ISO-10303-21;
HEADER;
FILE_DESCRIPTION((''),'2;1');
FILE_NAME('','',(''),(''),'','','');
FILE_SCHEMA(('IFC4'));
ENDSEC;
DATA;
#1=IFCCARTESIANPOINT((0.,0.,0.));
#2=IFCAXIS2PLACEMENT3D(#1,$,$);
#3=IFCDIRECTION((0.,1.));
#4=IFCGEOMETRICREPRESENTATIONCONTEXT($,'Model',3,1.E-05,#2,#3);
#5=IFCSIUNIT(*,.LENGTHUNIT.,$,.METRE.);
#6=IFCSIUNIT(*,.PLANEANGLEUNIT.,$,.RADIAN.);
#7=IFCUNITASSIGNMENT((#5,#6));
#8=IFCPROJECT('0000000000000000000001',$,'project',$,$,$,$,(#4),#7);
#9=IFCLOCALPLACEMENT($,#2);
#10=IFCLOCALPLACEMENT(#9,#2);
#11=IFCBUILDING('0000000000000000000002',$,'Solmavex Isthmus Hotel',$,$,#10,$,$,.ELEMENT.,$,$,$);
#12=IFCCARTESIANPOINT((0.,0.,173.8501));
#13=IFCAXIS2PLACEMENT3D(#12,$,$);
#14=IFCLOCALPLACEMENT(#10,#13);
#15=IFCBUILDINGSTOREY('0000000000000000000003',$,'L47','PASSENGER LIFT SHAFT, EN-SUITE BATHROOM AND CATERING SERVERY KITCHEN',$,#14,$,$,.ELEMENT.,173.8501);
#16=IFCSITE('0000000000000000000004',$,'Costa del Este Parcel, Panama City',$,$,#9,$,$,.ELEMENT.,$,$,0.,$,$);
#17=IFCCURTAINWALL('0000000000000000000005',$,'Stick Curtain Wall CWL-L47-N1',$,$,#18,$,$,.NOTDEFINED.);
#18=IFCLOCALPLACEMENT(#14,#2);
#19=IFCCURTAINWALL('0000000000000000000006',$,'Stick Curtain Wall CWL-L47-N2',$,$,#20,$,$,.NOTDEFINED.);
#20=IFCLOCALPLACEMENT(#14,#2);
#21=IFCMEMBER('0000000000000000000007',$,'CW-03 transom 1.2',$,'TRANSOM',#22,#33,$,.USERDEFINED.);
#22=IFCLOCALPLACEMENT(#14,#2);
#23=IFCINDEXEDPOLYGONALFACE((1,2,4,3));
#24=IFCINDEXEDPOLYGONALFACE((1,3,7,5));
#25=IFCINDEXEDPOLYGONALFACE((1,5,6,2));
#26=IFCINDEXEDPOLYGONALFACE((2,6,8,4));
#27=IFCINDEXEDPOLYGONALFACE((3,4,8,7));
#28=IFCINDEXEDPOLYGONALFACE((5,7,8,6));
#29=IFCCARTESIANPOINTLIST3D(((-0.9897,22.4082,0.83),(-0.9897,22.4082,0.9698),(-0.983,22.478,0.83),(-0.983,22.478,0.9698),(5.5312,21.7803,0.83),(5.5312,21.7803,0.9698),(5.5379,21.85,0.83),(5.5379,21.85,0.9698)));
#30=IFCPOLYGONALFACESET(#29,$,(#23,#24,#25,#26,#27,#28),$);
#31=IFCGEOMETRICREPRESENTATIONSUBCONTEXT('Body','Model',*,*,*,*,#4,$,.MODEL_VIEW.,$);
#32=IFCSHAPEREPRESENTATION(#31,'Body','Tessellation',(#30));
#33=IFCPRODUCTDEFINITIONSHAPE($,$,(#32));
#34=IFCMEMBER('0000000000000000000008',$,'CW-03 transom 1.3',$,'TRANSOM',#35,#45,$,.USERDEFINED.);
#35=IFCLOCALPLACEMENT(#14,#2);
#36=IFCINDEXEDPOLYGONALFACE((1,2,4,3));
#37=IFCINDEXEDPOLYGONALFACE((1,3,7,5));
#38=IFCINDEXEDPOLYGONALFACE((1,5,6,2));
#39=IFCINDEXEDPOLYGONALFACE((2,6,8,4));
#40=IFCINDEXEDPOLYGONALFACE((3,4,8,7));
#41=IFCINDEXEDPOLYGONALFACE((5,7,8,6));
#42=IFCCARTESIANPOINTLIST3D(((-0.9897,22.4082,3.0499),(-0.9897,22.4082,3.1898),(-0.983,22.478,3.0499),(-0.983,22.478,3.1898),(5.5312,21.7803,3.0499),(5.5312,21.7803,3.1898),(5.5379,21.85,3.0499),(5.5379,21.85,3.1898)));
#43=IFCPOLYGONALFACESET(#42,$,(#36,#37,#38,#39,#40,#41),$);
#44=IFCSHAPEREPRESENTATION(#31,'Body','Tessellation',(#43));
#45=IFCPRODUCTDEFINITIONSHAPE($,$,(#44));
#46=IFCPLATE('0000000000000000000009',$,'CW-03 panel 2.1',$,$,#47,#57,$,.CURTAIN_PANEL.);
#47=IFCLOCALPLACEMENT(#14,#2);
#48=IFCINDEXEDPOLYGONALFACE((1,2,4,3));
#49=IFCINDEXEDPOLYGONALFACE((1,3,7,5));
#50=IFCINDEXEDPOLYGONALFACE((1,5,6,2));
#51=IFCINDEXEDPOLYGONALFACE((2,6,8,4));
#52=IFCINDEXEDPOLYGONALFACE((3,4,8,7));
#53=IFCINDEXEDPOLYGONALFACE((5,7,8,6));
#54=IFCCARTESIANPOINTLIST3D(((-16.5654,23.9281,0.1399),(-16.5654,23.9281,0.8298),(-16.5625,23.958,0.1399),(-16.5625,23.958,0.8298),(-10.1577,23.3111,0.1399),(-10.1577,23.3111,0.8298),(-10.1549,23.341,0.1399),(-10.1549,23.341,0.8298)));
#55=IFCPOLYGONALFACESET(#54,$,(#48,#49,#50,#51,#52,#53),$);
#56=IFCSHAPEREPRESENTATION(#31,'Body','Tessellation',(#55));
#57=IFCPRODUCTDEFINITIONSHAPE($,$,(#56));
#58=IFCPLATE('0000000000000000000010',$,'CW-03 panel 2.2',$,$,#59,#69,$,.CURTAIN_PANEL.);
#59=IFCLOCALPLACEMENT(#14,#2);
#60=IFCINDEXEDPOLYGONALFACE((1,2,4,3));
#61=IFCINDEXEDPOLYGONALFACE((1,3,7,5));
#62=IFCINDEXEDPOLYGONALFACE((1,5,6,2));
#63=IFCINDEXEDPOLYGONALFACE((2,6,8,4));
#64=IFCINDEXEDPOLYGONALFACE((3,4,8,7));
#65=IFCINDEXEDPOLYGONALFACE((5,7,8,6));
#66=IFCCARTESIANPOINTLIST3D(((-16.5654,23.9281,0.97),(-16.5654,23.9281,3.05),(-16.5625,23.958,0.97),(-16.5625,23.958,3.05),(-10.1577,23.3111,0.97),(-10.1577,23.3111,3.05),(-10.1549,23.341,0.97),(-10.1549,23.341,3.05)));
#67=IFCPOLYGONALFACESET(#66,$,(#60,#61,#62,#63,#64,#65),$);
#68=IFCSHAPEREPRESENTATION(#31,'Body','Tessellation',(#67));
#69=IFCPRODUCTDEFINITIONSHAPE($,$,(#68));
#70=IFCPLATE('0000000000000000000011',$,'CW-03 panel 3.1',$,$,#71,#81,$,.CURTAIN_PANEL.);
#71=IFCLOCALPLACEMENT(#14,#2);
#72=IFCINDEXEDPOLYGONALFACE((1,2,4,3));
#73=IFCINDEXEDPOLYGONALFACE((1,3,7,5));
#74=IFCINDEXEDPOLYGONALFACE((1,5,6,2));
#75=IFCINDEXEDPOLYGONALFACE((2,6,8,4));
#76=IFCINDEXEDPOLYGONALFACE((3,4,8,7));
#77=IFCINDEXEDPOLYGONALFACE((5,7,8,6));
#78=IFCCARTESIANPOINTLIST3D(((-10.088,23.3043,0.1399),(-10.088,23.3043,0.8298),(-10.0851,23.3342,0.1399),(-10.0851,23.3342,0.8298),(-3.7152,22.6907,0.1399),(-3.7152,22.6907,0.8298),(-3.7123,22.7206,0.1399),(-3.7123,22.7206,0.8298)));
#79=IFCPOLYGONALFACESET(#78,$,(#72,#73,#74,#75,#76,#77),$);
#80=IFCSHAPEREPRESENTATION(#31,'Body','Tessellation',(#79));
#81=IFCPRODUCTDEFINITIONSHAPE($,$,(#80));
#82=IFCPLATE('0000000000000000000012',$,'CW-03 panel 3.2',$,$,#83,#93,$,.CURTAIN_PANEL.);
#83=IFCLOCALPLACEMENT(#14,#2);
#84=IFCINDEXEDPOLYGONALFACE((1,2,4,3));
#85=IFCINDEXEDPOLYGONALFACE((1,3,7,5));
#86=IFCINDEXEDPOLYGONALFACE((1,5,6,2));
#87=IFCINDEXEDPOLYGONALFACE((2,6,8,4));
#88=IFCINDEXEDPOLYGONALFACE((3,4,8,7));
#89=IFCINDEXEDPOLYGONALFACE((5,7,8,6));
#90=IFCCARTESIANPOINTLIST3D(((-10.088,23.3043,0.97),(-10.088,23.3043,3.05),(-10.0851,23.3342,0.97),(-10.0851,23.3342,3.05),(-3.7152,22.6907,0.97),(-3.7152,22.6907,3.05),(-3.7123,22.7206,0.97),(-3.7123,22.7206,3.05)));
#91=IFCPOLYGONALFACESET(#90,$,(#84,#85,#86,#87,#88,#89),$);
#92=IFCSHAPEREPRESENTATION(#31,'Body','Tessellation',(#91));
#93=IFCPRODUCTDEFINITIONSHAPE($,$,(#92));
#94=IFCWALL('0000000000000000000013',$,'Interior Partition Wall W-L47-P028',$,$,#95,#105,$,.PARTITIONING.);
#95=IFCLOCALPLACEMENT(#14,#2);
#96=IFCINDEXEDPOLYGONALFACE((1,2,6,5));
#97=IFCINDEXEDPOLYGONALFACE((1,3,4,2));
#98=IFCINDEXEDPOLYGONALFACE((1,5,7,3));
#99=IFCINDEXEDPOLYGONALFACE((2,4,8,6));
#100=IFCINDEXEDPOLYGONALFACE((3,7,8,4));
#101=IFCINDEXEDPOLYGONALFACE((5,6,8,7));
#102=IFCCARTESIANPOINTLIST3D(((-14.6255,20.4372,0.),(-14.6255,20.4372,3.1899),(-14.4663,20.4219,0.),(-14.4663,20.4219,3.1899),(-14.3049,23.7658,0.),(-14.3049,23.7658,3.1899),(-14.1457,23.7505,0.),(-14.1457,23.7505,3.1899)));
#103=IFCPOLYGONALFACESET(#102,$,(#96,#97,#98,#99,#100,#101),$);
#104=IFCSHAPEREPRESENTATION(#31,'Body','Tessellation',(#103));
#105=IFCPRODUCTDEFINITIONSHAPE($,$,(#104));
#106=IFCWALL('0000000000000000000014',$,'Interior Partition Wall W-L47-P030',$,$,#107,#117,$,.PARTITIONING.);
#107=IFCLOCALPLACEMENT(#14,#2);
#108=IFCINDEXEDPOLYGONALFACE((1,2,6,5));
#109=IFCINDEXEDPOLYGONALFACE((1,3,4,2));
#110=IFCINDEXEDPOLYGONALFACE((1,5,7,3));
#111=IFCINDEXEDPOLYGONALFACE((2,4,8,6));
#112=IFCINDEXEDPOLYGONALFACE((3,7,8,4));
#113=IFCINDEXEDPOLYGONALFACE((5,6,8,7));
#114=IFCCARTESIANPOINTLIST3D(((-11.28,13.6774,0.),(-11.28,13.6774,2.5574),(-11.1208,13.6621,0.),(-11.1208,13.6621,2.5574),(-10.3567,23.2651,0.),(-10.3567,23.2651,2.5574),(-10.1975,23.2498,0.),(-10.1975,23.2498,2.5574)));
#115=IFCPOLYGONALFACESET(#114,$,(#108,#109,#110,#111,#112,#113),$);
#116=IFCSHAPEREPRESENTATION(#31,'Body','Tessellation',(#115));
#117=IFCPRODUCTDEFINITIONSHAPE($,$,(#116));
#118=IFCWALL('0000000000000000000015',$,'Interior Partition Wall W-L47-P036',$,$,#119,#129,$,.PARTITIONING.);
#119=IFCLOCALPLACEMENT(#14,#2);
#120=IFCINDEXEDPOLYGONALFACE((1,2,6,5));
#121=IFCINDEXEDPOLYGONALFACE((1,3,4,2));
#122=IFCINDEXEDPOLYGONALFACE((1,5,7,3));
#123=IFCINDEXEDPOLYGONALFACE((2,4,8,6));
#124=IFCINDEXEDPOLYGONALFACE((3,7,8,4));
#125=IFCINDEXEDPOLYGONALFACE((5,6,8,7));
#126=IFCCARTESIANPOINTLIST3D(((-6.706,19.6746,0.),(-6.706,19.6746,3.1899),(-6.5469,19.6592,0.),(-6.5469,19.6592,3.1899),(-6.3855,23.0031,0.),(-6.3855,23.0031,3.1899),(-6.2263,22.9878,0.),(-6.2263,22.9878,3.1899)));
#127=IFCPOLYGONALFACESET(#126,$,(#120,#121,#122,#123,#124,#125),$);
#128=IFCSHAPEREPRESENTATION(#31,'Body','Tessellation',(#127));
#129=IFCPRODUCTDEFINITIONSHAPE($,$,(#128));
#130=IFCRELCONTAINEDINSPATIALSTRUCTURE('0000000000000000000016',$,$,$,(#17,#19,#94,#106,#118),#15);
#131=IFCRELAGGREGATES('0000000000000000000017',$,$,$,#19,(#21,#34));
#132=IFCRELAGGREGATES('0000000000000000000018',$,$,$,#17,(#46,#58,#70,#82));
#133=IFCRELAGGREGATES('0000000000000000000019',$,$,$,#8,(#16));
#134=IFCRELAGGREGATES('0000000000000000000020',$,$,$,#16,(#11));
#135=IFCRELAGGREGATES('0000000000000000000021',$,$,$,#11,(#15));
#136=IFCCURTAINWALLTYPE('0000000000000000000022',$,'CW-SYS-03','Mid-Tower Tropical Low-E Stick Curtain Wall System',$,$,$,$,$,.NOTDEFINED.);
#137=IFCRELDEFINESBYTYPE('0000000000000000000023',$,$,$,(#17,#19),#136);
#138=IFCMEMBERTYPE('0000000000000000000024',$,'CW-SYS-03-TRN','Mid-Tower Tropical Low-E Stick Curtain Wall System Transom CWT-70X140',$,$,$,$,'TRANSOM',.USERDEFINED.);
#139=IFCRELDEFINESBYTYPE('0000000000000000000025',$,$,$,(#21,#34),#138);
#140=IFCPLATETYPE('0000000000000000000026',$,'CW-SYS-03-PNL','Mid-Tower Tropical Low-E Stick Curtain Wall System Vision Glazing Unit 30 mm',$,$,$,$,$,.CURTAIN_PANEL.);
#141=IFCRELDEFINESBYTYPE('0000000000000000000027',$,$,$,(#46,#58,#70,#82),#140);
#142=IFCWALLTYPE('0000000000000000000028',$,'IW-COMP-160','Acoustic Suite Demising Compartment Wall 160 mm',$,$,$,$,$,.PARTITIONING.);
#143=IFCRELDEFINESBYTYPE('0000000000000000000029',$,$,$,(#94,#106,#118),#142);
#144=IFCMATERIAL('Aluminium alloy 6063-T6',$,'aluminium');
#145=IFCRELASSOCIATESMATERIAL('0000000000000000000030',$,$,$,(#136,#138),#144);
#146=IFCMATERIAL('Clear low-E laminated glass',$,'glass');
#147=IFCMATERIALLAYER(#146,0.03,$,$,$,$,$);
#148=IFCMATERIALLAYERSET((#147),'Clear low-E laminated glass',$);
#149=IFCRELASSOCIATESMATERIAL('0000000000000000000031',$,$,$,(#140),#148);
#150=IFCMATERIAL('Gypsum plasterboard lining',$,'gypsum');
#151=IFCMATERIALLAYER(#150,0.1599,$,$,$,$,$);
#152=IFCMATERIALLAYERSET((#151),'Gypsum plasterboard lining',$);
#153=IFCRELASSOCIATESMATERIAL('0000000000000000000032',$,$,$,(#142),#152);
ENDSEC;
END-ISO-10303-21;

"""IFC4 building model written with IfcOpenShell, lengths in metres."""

from ifc_helpers import new_model, si_unit, direction, frame, frame_2d, origin, origin_2d, place, context, subcontext, project, spatial, rectangle, extrude, material, layer, layer_set, material_profile, profile_set, type_object, element, aggregate, save


model = new_model("IFC4")

# Units and contexts
model_context = context("Model", 3, precision=1e-05, world=origin(), true_north=direction((0.0, 1.0)))
body_context = subcontext(model_context, "Body", "Model", "MODEL_VIEW")
ifc_project = project(units=[si_unit("LENGTHUNIT", "METRE"), si_unit("PLANEANGLEUNIT", "RADIAN")], contexts=[model_context])

# Site, building, storey
site_placement = place(None, origin())
site = spatial("IfcSite", under=ifc_project, at=site_placement, Name="Costa del Este Parcel, Panama City", CompositionType="ELEMENT", RefElevation=0.0)
building_placement = place(site_placement, origin())
building = spatial("IfcBuilding", under=site, at=building_placement, Name="Solmavex Isthmus Hotel", CompositionType="ELEMENT")
storey_placement = place(building_placement, frame((0.0, 0.0, 173.8501)))
storey = spatial("IfcBuildingStorey", under=building, at=storey_placement, Name="L47", Description="PASSENGER LIFT SHAFT, EN-SUITE BATHROOM AND CATERING SERVERY KITCHEN", CompositionType="ELEMENT", Elevation=173.8501)

# Curtain wall
ifc_material_1 = material(Name="Aluminium alloy 6063-T6", Category="aluminium")
curtain_wall_type = type_object("IfcCurtainWallType", Name="CW-SYS-03", Description="Mid-Tower Tropical Low-E Stick Curtain Wall System", PredefinedType="NOTDEFINED", material=ifc_material_1)
curtain_wall_1_placement = place(storey_placement, origin())
curtain_wall_1 = element("IfcCurtainWall", 1, at=curtain_wall_1_placement, inside=storey, type_object=curtain_wall_type, Name="Stick Curtain Wall CWL-L47-N1", PredefinedType="NOTDEFINED")

# Curtain wall
curtain_wall_2_placement = place(storey_placement, origin())
curtain_wall_2 = element("IfcCurtainWall", 2, at=curtain_wall_2_placement, inside=storey, type_object=curtain_wall_type, Name="Stick Curtain Wall CWL-L47-N2", PredefinedType="NOTDEFINED")

# Members
ifc_material_profile_1 = material_profile(ifc_material_1, rectangle(XDim=0.0701, YDim=0.1399, at=origin_2d()), Name="CWT-70X140")
ifc_profile_set_1 = profile_set([ifc_material_profile_1], Name="Aluminium alloy 6063-T6")
member_type_1 = type_object("IfcMemberType", Name="CW-SYS-03-TRN", Description="Mid-Tower Tropical Low-E Stick Curtain Wall System Transom CWT-70X140", ElementType="TRANSOM", PredefinedType="USERDEFINED", material=ifc_profile_set_1)
member_1_placement = place(storey_placement, frame((-0.9863, 22.4431, 0.8999), z_axis=(0.995395, -0.095854, 0.0), x_axis=(0.095854, 0.995395, 0.0)))
member_1 = element("IfcMember", 3, at=member_1_placement, type_object=member_type_1, Name="CW-03 transom 1.2", ObjectType="TRANSOM", PredefinedType="USERDEFINED", context=body_context, shape_type="SweptSolid", body=[
    extrude(rectangle(XDim=0.0701, YDim=0.1399, at=origin_2d()), origin(), (0.0, 0.0, 1.0), 6.551),
])
member_2_placement = place(storey_placement, frame((-0.9863, 22.4431, 3.1199), z_axis=(0.995395, -0.095854, 0.0), x_axis=(0.095854, 0.995395, 0.0)))
member_2 = element("IfcMember", 4, at=member_2_placement, type_object=member_type_1, Name="CW-03 transom 1.3", ObjectType="TRANSOM", PredefinedType="USERDEFINED", context=body_context, shape_type="SweptSolid", body=[
    extrude(rectangle(XDim=0.0701, YDim=0.1399, at=origin_2d()), origin(), (0.0, 0.0, 1.0), 6.551),
])
aggregate(curtain_wall_2, [member_1, member_2])

# Plates
ifc_material_2 = material(Name="Clear low-E laminated glass", Category="glass")
ifc_layer_1 = layer(ifc_material_2, 0.03)
ifc_layer_set_1 = layer_set([ifc_layer_1], Name="Clear low-E laminated glass")
plate_type = type_object("IfcPlateType", Name="CW-SYS-03-PNL", Description="Mid-Tower Tropical Low-E Stick Curtain Wall System Vision Glazing Unit 30 mm", PredefinedType="CURTAIN_PANEL", material=ifc_layer_set_1)
plate_1_placement = place(storey_placement, frame((-13.3601, 23.6345, 0.1399), z_axis=(0.0, 0.0, 1.0), x_axis=(0.995396, -0.095846, 0.0)))
plate_1 = element("IfcPlate", 5, at=plate_1_placement, type_object=plate_type, Name="CW-03 panel 2.1", PredefinedType="CURTAIN_PANEL", context=body_context, shape_type="SweptSolid", body=[
    extrude(rectangle(XDim=6.4373, YDim=0.03, at=origin_2d()), origin(), (0.0, 0.0, 1.0), 0.6899),
])
plate_2_placement = place(storey_placement, frame((-13.3601, 23.6345, 0.97), z_axis=(0.0, 0.0, 1.0), x_axis=(0.995396, -0.095846, 0.0)))
plate_2 = element("IfcPlate", 6, at=plate_2_placement, type_object=plate_type, Name="CW-03 panel 2.2", PredefinedType="CURTAIN_PANEL", context=body_context, shape_type="SweptSolid", body=[
    extrude(rectangle(XDim=6.4373, YDim=0.03, at=origin_2d()), origin(), (0.0, 0.0, 1.0), 2.0801),
])
plate_3_placement = place(storey_placement, frame((-6.9001, 23.0125, 0.1399), z_axis=(0.0, 0.0, 1.0), x_axis=(0.995396, -0.095846, 0.0)))
plate_3 = element("IfcPlate", 7, at=plate_3_placement, type_object=plate_type, Name="CW-03 panel 3.1", PredefinedType="CURTAIN_PANEL", context=body_context, shape_type="SweptSolid", body=[
    extrude(rectangle(XDim=6.4023, YDim=0.03, at=origin_2d()), origin(), (0.0, 0.0, 1.0), 0.6899),
])
plate_4_placement = place(storey_placement, frame((-6.9001, 23.0125, 0.97), z_axis=(0.0, 0.0, 1.0), x_axis=(0.995396, -0.095846, 0.0)))
plate_4 = element("IfcPlate", 8, at=plate_4_placement, type_object=plate_type, Name="CW-03 panel 3.2", PredefinedType="CURTAIN_PANEL", context=body_context, shape_type="SweptSolid", body=[
    extrude(rectangle(XDim=6.4023, YDim=0.03, at=origin_2d()), origin(), (0.0, 0.0, 1.0), 2.0801),
])
aggregate(curtain_wall_1, [plate_1, plate_2, plate_3, plate_4])

# Walls
ifc_material_3 = material(Name="Gypsum plasterboard lining", Category="gypsum")
ifc_layer_2 = layer(ifc_material_3, 0.1599)
ifc_layer_set_2 = layer_set([ifc_layer_2], Name="Gypsum plasterboard lining")
wall_type_1 = type_object("IfcWallType", Name="IW-COMP-160", Description="Acoustic Suite Demising Compartment Wall 160 mm", PredefinedType="PARTITIONING", material=ifc_layer_set_2)
wall_1_placement = place(storey_placement, frame((-14.2253, 23.7581, 0.0), z_axis=(0.0, 0.0, 1.0), x_axis=(-0.09586, -0.995395, 0.0)))
element("IfcWall", 9, at=wall_1_placement, inside=storey, type_object=wall_type_1, Name="Interior Partition Wall W-L47-P028", PredefinedType="PARTITIONING", context=body_context, shape_type="SweptSolid", body=[
    extrude(rectangle(XDim=3.344, YDim=0.1599, at=frame_2d((1.6719, 0.0))), origin(), (0.0, 0.0, 1.0), 3.1899),
])
wall_2_placement = place(storey_placement, frame((-10.2771, 23.2573, 0.0), z_axis=(0.0, 0.0, 1.0), x_axis=(-0.095862, -0.995395, 0.0)))
element("IfcWall", 10, at=wall_2_placement, inside=storey, type_object=wall_type_1, Name="Interior Partition Wall W-L47-P030", PredefinedType="PARTITIONING", context=body_context, shape_type="SweptSolid", body=[
    extrude(rectangle(XDim=9.6321, YDim=0.1599, at=frame_2d((4.8159, 0.0))), origin(), (0.0, 0.0, 1.0), 2.5574),
])
wall_3_placement = place(storey_placement, frame((-6.3059, 22.9954, 0.0), z_axis=(0.0, 0.0, 1.0), x_axis=(-0.09586, -0.995395, 0.0)))
element("IfcWall", 11, at=wall_3_placement, inside=storey, type_object=wall_type_1, Name="Interior Partition Wall W-L47-P036", PredefinedType="PARTITIONING", context=body_context, shape_type="SweptSolid", body=[
    extrude(rectangle(XDim=3.344, YDim=0.1599, at=frame_2d((1.6719, 0.0))), origin(), (0.0, 0.0, 1.0), 3.1899),
])

save(model, "model.ifc")
